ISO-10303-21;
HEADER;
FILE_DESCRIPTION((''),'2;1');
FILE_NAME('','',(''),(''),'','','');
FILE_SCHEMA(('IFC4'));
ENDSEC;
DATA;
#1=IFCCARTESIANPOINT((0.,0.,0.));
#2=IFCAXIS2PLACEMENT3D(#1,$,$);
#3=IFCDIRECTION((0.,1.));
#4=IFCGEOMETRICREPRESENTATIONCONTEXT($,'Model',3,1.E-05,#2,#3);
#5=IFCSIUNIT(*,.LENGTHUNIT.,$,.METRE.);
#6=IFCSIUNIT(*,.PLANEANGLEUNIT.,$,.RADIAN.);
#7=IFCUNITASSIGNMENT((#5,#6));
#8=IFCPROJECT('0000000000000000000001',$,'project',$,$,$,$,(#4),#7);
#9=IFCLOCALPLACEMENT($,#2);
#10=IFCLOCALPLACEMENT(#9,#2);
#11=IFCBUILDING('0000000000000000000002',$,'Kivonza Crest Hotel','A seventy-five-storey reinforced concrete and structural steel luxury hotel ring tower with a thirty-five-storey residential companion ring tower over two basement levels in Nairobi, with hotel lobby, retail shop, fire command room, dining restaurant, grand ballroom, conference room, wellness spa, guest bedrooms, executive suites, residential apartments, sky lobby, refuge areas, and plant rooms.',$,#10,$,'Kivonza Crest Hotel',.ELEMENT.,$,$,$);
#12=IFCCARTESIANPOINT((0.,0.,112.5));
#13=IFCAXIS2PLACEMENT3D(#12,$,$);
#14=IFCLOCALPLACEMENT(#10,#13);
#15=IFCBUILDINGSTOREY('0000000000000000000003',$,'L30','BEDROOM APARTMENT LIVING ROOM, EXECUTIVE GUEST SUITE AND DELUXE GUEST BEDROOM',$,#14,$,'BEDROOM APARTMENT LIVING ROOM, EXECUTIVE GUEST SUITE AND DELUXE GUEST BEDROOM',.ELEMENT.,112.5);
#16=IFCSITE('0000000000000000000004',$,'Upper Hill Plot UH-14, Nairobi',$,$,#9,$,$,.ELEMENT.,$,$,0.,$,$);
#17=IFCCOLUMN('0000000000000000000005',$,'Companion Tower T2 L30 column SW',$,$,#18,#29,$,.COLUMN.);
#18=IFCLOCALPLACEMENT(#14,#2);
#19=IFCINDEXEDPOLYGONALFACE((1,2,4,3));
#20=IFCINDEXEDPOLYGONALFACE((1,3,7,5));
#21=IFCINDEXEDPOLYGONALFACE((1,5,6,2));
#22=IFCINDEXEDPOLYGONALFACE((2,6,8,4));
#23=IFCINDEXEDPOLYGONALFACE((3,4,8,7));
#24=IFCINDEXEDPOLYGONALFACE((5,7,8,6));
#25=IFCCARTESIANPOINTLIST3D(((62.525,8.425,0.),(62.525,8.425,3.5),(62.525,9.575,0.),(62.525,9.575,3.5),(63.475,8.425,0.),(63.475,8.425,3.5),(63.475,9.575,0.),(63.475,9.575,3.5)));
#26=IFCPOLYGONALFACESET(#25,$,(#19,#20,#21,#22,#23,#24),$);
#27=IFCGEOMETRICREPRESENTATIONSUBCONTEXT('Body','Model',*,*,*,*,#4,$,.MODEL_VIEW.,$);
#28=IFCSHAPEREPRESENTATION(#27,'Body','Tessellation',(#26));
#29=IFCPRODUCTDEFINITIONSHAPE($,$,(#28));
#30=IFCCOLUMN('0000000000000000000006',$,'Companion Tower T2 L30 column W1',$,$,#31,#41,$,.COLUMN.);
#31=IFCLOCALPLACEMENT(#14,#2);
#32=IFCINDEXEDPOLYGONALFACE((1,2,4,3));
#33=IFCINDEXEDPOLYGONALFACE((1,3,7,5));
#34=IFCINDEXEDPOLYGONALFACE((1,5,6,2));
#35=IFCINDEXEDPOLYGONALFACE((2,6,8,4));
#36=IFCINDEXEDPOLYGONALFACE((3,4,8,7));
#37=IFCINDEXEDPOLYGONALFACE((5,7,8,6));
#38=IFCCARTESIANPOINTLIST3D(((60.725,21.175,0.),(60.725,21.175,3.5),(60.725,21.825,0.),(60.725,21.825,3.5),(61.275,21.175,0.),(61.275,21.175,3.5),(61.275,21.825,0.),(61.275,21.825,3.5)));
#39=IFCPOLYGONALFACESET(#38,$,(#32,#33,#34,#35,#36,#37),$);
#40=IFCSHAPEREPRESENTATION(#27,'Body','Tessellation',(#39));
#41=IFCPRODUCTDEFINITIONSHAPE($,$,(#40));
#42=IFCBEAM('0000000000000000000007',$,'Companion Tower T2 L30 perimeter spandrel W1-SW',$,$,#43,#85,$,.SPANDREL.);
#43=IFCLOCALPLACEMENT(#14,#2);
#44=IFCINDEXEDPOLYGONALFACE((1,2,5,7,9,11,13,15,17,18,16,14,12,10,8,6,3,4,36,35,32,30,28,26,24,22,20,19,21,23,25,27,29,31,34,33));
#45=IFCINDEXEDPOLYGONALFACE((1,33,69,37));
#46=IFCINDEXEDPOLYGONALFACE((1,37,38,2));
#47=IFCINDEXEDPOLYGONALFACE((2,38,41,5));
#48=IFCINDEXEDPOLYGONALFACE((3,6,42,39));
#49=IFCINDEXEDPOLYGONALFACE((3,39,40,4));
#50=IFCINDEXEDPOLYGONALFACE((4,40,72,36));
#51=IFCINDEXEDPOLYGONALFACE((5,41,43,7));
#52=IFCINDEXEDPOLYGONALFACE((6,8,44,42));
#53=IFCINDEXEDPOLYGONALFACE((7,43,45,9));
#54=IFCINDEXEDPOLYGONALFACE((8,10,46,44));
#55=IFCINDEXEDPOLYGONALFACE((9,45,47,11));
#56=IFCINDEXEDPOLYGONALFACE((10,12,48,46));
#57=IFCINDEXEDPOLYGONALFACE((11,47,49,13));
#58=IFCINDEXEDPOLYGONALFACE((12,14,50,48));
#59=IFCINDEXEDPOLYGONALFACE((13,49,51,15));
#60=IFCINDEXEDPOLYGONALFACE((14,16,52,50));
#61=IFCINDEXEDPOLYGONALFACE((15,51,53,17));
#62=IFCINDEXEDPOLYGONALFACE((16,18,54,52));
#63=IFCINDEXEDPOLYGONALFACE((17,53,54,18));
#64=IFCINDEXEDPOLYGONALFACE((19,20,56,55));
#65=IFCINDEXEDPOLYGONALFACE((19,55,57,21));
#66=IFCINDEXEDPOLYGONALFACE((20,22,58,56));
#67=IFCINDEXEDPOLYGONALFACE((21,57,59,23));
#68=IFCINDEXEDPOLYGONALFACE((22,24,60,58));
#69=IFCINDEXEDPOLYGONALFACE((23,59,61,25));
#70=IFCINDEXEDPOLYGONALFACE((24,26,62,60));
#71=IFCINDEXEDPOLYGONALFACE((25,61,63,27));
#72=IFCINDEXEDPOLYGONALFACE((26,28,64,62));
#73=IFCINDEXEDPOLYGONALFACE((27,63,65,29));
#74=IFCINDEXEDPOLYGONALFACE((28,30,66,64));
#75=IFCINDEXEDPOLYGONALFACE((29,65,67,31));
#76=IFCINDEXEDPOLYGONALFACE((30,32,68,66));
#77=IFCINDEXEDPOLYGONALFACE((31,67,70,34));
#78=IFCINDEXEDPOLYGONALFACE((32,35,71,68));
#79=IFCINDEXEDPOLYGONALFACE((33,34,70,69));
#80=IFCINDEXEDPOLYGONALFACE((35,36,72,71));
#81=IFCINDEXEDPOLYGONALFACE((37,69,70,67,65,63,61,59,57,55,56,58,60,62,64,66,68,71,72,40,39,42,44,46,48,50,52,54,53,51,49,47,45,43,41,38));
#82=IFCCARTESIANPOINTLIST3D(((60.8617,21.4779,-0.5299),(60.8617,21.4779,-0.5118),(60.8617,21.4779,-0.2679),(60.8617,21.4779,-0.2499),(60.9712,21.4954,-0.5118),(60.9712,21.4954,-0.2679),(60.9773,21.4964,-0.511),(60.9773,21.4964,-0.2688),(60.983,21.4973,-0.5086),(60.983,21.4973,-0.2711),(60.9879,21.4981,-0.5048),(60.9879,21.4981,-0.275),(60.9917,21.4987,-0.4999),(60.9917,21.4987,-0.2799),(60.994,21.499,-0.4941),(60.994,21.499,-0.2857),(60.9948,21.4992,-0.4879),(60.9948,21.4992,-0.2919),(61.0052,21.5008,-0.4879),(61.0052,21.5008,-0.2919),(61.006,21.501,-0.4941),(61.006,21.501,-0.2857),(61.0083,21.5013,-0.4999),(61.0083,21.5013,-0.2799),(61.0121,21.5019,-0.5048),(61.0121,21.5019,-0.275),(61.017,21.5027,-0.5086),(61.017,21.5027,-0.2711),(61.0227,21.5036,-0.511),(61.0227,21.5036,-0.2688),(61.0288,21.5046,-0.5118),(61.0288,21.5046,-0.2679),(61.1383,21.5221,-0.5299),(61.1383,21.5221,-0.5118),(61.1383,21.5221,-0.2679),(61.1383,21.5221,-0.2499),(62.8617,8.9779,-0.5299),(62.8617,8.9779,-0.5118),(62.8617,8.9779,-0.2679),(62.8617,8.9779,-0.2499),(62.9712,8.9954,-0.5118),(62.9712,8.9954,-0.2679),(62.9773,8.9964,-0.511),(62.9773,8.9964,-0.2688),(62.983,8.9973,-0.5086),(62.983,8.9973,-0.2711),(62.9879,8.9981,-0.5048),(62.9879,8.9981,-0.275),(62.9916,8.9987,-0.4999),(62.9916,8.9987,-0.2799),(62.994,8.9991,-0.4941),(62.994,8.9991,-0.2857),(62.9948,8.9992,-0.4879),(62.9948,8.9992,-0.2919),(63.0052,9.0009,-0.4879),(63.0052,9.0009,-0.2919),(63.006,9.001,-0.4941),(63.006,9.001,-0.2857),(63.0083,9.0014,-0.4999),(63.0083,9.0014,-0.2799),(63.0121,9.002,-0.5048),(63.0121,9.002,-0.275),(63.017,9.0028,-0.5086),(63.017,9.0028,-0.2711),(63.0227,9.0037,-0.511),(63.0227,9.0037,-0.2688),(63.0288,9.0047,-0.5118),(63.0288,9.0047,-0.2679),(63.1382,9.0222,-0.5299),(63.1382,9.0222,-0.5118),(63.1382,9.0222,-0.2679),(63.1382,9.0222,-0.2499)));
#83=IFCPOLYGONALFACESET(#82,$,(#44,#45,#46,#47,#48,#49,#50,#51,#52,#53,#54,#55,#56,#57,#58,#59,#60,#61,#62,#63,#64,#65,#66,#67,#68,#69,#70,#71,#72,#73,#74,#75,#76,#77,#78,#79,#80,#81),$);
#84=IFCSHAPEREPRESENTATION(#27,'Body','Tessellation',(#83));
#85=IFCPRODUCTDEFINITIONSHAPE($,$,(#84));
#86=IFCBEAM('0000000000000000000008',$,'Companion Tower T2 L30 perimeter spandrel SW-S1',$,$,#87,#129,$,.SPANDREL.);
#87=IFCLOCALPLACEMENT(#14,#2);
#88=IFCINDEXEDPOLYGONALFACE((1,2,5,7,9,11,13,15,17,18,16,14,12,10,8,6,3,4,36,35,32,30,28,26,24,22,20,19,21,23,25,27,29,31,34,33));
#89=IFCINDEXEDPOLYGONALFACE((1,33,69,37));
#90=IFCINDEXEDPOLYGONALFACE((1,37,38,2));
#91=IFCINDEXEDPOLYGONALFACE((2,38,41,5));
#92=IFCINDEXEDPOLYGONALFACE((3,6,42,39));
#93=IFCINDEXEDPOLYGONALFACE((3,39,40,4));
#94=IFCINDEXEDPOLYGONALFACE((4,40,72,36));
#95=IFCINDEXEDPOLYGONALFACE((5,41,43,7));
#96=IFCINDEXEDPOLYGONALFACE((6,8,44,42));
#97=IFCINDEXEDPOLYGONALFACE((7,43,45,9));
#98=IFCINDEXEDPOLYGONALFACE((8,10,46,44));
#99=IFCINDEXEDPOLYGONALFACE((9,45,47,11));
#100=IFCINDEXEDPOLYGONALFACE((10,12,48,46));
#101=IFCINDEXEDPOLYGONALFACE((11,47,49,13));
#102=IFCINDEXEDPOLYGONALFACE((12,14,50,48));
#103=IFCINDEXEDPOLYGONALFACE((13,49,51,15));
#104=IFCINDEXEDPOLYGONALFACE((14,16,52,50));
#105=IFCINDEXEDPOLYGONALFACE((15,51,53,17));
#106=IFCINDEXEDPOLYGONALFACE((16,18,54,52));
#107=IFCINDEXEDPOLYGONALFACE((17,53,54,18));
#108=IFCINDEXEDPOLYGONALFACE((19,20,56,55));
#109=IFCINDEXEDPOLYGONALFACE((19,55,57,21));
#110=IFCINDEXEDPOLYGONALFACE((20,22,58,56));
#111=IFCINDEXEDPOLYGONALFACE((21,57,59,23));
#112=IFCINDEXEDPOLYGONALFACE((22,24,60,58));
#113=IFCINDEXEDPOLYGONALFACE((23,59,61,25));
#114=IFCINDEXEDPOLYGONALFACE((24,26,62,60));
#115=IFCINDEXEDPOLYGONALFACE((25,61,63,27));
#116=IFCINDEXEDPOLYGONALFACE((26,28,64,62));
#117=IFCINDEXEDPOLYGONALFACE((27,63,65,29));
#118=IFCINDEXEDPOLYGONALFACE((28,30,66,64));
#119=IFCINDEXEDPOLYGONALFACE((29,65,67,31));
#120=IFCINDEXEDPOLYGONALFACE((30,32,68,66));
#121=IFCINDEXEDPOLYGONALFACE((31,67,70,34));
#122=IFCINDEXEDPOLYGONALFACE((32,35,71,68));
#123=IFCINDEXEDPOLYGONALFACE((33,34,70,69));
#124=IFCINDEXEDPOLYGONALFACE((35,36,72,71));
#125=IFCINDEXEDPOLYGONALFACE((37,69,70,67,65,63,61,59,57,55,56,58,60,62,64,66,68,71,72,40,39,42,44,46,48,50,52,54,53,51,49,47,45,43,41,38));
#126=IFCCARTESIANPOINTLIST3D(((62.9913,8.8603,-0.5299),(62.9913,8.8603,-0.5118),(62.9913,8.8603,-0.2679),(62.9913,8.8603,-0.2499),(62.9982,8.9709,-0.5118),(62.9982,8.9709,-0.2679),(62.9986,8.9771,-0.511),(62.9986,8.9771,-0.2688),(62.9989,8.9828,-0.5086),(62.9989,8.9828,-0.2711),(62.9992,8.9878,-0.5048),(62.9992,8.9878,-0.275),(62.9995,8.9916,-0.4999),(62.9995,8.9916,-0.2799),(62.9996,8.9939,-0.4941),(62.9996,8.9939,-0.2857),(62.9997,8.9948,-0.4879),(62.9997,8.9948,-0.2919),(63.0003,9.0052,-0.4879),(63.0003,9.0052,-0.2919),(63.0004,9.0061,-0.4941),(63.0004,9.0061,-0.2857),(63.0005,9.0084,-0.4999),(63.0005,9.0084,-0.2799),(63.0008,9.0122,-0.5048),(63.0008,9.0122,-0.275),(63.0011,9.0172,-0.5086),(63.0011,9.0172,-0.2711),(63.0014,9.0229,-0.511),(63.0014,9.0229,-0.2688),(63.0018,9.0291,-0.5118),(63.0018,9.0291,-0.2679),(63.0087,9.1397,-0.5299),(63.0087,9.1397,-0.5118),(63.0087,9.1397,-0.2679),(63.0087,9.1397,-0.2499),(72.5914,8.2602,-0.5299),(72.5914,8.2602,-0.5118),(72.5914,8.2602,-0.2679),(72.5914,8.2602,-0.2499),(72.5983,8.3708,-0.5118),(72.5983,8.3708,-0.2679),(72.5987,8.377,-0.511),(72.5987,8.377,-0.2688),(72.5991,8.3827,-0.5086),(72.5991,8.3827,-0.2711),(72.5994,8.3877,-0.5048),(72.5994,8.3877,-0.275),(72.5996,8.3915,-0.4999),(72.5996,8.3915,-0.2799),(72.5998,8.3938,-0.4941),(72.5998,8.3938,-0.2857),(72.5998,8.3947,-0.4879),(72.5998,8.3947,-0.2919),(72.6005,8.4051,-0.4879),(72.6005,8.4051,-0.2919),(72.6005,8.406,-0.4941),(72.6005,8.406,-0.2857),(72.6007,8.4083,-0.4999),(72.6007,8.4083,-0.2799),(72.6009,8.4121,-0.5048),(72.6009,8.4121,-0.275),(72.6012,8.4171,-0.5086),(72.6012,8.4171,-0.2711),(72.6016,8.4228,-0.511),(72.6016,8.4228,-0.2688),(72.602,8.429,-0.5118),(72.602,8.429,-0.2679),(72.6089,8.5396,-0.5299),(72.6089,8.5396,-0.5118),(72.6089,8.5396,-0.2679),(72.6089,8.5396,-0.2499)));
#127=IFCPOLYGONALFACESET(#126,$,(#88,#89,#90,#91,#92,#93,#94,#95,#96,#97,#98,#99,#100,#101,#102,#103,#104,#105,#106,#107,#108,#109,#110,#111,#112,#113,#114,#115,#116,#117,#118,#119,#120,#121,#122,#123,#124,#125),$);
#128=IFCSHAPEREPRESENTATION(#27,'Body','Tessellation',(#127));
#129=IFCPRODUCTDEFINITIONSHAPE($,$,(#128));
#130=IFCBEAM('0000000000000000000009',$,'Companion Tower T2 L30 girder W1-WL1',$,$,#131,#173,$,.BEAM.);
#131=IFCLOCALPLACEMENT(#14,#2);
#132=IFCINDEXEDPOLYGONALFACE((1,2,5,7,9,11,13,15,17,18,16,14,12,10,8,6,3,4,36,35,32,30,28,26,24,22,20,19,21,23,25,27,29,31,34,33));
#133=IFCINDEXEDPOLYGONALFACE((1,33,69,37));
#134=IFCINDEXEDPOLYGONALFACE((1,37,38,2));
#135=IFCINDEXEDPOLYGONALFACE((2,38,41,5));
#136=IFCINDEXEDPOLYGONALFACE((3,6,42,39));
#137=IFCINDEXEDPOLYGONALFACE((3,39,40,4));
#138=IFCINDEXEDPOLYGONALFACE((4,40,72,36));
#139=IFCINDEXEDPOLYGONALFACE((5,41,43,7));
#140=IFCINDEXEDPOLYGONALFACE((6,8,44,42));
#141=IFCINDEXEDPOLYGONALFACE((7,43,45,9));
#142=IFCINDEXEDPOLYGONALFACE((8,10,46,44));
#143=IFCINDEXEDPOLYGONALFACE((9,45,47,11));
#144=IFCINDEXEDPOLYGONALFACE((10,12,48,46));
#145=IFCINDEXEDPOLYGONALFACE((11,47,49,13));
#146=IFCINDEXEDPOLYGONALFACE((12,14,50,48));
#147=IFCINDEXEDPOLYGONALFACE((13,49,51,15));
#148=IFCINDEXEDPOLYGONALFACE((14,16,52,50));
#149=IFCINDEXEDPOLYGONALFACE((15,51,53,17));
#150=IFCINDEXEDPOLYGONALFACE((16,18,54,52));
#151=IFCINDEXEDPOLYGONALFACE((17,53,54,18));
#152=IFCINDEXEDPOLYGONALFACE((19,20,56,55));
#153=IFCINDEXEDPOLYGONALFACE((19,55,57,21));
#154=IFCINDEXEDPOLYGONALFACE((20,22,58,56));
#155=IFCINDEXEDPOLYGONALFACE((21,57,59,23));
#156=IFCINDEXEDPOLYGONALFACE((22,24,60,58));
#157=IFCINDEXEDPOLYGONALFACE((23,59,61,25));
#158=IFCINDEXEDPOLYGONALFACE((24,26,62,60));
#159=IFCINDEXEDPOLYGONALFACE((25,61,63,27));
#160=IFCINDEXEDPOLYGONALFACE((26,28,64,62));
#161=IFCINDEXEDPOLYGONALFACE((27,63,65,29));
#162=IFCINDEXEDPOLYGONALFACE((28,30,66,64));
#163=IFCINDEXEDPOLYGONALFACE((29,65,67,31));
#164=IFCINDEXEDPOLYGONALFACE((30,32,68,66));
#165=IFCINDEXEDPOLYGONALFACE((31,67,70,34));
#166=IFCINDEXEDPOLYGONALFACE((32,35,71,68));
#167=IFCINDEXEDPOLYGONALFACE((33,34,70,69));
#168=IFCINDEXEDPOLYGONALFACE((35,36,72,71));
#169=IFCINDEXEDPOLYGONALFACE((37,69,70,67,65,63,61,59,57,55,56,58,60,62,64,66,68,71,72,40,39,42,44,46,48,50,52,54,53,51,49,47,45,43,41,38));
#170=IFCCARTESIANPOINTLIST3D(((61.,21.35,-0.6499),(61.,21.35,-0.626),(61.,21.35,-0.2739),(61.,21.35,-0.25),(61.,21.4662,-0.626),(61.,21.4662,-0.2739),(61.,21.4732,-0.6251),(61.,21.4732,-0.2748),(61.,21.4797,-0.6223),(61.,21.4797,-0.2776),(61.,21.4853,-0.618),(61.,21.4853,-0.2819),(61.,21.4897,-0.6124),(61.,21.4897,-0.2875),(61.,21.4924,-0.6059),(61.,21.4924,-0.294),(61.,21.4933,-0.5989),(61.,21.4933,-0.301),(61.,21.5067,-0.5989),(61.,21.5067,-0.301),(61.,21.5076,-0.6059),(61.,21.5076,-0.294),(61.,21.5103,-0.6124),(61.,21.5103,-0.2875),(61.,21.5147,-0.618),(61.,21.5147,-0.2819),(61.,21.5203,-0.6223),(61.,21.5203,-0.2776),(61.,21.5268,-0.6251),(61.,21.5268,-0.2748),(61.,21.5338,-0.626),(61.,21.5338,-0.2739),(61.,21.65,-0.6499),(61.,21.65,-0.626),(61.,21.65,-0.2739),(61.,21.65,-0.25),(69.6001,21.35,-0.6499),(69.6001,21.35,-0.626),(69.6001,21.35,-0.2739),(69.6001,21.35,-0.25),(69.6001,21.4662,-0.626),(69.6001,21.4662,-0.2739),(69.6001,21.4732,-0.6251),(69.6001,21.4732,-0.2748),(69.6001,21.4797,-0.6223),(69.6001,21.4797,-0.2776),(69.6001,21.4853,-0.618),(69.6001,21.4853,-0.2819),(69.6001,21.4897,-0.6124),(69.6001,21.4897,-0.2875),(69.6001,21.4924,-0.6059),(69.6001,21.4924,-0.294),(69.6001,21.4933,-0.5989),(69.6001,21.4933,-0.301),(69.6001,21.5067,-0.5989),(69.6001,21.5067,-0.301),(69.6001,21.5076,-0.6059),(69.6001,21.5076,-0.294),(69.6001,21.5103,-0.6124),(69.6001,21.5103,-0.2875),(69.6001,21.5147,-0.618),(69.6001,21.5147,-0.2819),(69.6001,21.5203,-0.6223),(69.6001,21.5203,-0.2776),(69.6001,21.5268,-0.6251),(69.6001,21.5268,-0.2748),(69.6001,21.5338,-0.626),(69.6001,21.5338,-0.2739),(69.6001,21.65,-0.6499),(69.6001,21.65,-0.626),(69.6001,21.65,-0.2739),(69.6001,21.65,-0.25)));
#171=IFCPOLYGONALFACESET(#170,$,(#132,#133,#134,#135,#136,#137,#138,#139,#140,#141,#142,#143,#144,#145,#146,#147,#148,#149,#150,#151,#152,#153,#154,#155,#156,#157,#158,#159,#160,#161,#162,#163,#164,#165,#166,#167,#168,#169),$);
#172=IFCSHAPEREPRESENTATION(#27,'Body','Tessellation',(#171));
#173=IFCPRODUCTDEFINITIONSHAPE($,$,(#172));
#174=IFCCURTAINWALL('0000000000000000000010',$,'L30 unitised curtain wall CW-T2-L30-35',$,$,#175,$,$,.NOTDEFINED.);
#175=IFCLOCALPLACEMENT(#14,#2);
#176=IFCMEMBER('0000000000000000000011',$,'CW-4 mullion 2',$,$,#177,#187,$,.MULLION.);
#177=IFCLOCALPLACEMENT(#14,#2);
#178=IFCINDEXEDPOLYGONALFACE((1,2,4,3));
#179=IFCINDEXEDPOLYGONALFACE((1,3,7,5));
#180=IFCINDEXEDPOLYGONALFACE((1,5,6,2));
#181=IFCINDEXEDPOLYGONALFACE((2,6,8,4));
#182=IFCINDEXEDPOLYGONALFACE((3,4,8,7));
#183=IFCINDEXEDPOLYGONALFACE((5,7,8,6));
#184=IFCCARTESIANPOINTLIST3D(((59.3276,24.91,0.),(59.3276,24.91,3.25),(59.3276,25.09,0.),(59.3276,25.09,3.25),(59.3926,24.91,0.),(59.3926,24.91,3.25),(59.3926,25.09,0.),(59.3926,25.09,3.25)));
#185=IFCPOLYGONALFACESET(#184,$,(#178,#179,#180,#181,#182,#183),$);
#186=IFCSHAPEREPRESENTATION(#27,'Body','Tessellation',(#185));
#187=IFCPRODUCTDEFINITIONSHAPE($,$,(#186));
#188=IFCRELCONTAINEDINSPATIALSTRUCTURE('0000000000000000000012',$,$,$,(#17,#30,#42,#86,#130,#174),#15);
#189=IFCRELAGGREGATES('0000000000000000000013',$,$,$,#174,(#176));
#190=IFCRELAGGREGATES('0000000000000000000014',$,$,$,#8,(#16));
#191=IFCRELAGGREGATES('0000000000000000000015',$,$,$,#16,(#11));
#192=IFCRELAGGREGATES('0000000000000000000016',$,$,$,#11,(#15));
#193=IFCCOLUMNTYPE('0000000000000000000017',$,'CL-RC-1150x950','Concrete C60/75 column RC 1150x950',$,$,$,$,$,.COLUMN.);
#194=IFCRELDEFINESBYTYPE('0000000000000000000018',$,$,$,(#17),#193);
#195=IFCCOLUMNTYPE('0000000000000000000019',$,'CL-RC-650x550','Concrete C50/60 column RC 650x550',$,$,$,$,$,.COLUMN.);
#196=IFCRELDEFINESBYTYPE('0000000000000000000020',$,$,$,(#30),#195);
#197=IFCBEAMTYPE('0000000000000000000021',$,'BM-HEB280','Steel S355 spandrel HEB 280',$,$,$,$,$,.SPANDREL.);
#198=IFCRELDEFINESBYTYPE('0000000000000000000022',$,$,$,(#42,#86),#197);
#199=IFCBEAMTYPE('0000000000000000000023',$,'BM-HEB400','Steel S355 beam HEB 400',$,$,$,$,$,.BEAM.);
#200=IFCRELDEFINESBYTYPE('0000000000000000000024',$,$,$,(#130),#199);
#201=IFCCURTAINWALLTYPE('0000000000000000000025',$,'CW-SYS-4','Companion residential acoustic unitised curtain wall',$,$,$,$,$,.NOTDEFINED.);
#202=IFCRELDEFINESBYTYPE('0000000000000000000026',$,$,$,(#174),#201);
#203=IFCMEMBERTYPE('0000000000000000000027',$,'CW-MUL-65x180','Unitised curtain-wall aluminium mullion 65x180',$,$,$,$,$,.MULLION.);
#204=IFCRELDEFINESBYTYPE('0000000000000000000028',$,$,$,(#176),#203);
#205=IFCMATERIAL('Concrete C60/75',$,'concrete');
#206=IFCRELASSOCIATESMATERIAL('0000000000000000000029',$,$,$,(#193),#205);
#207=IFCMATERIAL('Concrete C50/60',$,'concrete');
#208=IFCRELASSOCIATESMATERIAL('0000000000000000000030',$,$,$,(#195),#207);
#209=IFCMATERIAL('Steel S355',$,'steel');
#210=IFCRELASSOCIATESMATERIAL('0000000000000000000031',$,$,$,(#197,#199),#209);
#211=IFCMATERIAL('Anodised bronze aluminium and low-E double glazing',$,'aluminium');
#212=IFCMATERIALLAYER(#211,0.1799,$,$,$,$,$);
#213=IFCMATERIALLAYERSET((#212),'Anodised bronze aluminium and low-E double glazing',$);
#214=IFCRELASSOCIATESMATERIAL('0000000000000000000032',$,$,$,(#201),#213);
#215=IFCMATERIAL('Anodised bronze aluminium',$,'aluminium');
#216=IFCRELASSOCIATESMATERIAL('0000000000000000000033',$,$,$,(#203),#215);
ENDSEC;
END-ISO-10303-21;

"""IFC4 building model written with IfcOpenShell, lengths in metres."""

from ifc_helpers import new_model, si_unit, direction, frame, origin, origin_2d, place, context, subcontext, project, spatial, rectangle, i_section, extrude, material, layer, layer_set, material_profile, profile_set, type_object, element, aggregate, save


model = new_model("IFC4")

# Units and contexts
model_context = context("Model", 3, precision=1e-05, world=origin(), true_north=direction((0.0, 1.0)))
body_context = subcontext(model_context, "Body", "Model", "MODEL_VIEW")
ifc_project = project(units=[si_unit("LENGTHUNIT", "METRE"), si_unit("PLANEANGLEUNIT", "RADIAN")], contexts=[model_context])

# Site, building, storey
site_placement = place(None, origin())
site = spatial("IfcSite", under=ifc_project, at=site_placement, Name="Upper Hill Plot UH-14, Nairobi", CompositionType="ELEMENT", RefElevation=0.0)
building_placement = place(site_placement, origin())
building = spatial("IfcBuilding", under=site, at=building_placement, Name="Kivonza Crest Hotel", Description="A seventy-five-storey reinforced concrete and structural steel luxury hotel ring tower with a thirty-five-storey residential companion ring tower over two basement levels in Nairobi, with hotel lobby, retail shop, fire command room, dining restaurant, grand ballroom, conference room, wellness spa, guest bedrooms, executive suites, residential apartments, sky lobby, refuge areas, and plant rooms.", LongName="Kivonza Crest Hotel", CompositionType="ELEMENT")
storey_placement = place(building_placement, frame((0.0, 0.0, 112.5)))
storey = spatial("IfcBuildingStorey", under=building, at=storey_placement, Name="L30", Description="BEDROOM APARTMENT LIVING ROOM, EXECUTIVE GUEST SUITE AND DELUXE GUEST BEDROOM", LongName="BEDROOM APARTMENT LIVING ROOM, EXECUTIVE GUEST SUITE AND DELUXE GUEST BEDROOM", CompositionType="ELEMENT", Elevation=112.5)

# Columns
ifc_material_1 = material(Name="Concrete C60/75", Category="concrete")
ifc_material_profile_1 = material_profile(ifc_material_1, rectangle(XDim=0.95, YDim=1.1499, at=origin_2d()), Name="RC 1150x950")
ifc_profile_set_1 = profile_set([ifc_material_profile_1], Name="Concrete C60/75")
column_type_1 = type_object("IfcColumnType", Name="CL-RC-1150x950", Description="Concrete C60/75 column RC 1150x950", PredefinedType="COLUMN", material=ifc_profile_set_1)
column_1_placement = place(storey_placement, frame((63.0, 9.0, 0.0), z_axis=(0.0, 0.0, 1.0), x_axis=(1.0, 0.0, 0.0)))
element("IfcColumn", 1, at=column_1_placement, inside=storey, type_object=column_type_1, Name="Companion Tower T2 L30 column SW", PredefinedType="COLUMN", context=body_context, shape_type="SweptSolid", body=[
    extrude(rectangle(XDim=0.95, YDim=1.1499, at=origin_2d()), origin(), (0.0, 0.0, 1.0), 3.5),
])
ifc_material_2 = material(Name="Concrete C50/60", Category="concrete")
ifc_material_profile_2 = material_profile(ifc_material_2, rectangle(XDim=0.55, YDim=0.6499, at=origin_2d()), Name="RC 650x550")
ifc_profile_set_2 = profile_set([ifc_material_profile_2], Name="Concrete C50/60")
column_type_2 = type_object("IfcColumnType", Name="CL-RC-650x550", Description="Concrete C50/60 column RC 650x550", PredefinedType="COLUMN", material=ifc_profile_set_2)
column_2_placement = place(storey_placement, frame((61.0, 21.5, 0.0), z_axis=(0.0, 0.0, 1.0), x_axis=(1.0, 0.0, 0.0)))
element("IfcColumn", 2, at=column_2_placement, inside=storey, type_object=column_type_2, Name="Companion Tower T2 L30 column W1", PredefinedType="COLUMN", context=body_context, shape_type="SweptSolid", body=[
    extrude(rectangle(XDim=0.55, YDim=0.6499, at=origin_2d()), origin(), (0.0, 0.0, 1.0), 3.5),
])

# Beams
ifc_material_3 = material(Name="Steel S355", Category="steel")
ifc_material_profile_3 = material_profile(ifc_material_3, i_section(OverallWidth=0.28, OverallDepth=0.28, WebThickness=0.0105, FlangeThickness=0.0181, FilletRadius=0.0239, at=origin_2d()), Name="HEB 280")
ifc_profile_set_3 = profile_set([ifc_material_profile_3], Name="Steel S355")
beam_type_1 = type_object("IfcBeamType", Name="BM-HEB280", Description="Steel S355 spandrel HEB 280", PredefinedType="SPANDREL", material=ifc_profile_set_3)
beam_1_placement = place(storey_placement, frame((61.0, 21.5, -0.3899), z_axis=(0.157991, -0.987441, 0.0), x_axis=(0.987441, 0.157991, 0.0)))
element("IfcBeam", 3, at=beam_1_placement, inside=storey, type_object=beam_type_1, Name="Companion Tower T2 L30 perimeter spandrel W1-SW", PredefinedType="SPANDREL", context=body_context, shape_type="SweptSolid", body=[
    extrude(i_section(OverallWidth=0.28, OverallDepth=0.28, WebThickness=0.0105, FlangeThickness=0.0181, FilletRadius=0.0239, at=origin_2d()), origin(), (0.0, 0.0, 1.0), 12.6589),
])
beam_2_placement = place(storey_placement, frame((63.0, 9.0, -0.3899), z_axis=(0.998052, -0.062388, 0.0), x_axis=(0.062388, 0.998052, 0.0)))
element("IfcBeam", 4, at=beam_2_placement, inside=storey, type_object=beam_type_1, Name="Companion Tower T2 L30 perimeter spandrel SW-S1", PredefinedType="SPANDREL", context=body_context, shape_type="SweptSolid", body=[
    extrude(i_section(OverallWidth=0.28, OverallDepth=0.28, WebThickness=0.0105, FlangeThickness=0.0181, FilletRadius=0.0239, at=origin_2d()), origin(), (0.0, 0.0, 1.0), 9.6189),
])
ifc_material_profile_4 = material_profile(ifc_material_3, i_section(OverallWidth=0.3, OverallDepth=0.3999, WebThickness=0.0134, FlangeThickness=0.0239, FilletRadius=0.0271, at=origin_2d()), Name="HEB 400")
ifc_profile_set_4 = profile_set([ifc_material_profile_4], Name="Steel S355")
beam_type_2 = type_object("IfcBeamType", Name="BM-HEB400", Description="Steel S355 beam HEB 400", PredefinedType="BEAM", material=ifc_profile_set_4)
beam_3_placement = place(storey_placement, frame((61.0, 21.5, -0.45), z_axis=(1.0, 0.0, 0.0), x_axis=(0.0, 1.0, 0.0)))
element("IfcBeam", 5, at=beam_3_placement, inside=storey, type_object=beam_type_2, Name="Companion Tower T2 L30 girder W1-WL1", PredefinedType="BEAM", context=body_context, shape_type="SweptSolid", body=[
    extrude(i_section(OverallWidth=0.3, OverallDepth=0.3999, WebThickness=0.0134, FlangeThickness=0.0239, FilletRadius=0.0271, at=origin_2d()), origin(), (0.0, 0.0, 1.0), 8.6001),
])

# Curtain wall, member
ifc_material_4 = material(Name="Anodised bronze aluminium and low-E double glazing", Category="aluminium")
ifc_layer_1 = layer(ifc_material_4, 0.1799)
ifc_layer_set_1 = layer_set([ifc_layer_1], Name="Anodised bronze aluminium and low-E double glazing")
curtain_wall_type = type_object("IfcCurtainWallType", Name="CW-SYS-4", Description="Companion residential acoustic unitised curtain wall", PredefinedType="NOTDEFINED", material=ifc_layer_set_1)
curtain_wall_placement = place(storey_placement, origin())
curtain_wall = element("IfcCurtainWall", 6, at=curtain_wall_placement, inside=storey, type_object=curtain_wall_type, Name="L30 unitised curtain wall CW-T2-L30-35", PredefinedType="NOTDEFINED")
ifc_material_5 = material(Name="Anodised bronze aluminium", Category="aluminium")
ifc_material_profile_5 = material_profile(ifc_material_5, rectangle(XDim=0.0649, YDim=0.1799, at=origin_2d()), Name="CW-M 65x180")
ifc_profile_set_5 = profile_set([ifc_material_profile_5], Name="Anodised bronze aluminium")
member_type = type_object("IfcMemberType", Name="CW-MUL-65x180", Description="Unitised curtain-wall aluminium mullion 65x180", PredefinedType="MULLION", material=ifc_profile_set_5)
member_placement = place(storey_placement, frame((59.3601, 25.0, 0.0), z_axis=(0.0, 0.0, 1.0), x_axis=(1.0, 0.0, 0.0)))
member = element("IfcMember", 7, at=member_placement, type_object=member_type, Name="CW-4 mullion 2", PredefinedType="MULLION", context=body_context, shape_type="SweptSolid", body=[
    extrude(rectangle(XDim=0.0649, YDim=0.1799, at=origin_2d()), origin(), (0.0, 0.0, 1.0), 3.25),
])
aggregate(curtain_wall, [member])

save(model, "model.ifc")
